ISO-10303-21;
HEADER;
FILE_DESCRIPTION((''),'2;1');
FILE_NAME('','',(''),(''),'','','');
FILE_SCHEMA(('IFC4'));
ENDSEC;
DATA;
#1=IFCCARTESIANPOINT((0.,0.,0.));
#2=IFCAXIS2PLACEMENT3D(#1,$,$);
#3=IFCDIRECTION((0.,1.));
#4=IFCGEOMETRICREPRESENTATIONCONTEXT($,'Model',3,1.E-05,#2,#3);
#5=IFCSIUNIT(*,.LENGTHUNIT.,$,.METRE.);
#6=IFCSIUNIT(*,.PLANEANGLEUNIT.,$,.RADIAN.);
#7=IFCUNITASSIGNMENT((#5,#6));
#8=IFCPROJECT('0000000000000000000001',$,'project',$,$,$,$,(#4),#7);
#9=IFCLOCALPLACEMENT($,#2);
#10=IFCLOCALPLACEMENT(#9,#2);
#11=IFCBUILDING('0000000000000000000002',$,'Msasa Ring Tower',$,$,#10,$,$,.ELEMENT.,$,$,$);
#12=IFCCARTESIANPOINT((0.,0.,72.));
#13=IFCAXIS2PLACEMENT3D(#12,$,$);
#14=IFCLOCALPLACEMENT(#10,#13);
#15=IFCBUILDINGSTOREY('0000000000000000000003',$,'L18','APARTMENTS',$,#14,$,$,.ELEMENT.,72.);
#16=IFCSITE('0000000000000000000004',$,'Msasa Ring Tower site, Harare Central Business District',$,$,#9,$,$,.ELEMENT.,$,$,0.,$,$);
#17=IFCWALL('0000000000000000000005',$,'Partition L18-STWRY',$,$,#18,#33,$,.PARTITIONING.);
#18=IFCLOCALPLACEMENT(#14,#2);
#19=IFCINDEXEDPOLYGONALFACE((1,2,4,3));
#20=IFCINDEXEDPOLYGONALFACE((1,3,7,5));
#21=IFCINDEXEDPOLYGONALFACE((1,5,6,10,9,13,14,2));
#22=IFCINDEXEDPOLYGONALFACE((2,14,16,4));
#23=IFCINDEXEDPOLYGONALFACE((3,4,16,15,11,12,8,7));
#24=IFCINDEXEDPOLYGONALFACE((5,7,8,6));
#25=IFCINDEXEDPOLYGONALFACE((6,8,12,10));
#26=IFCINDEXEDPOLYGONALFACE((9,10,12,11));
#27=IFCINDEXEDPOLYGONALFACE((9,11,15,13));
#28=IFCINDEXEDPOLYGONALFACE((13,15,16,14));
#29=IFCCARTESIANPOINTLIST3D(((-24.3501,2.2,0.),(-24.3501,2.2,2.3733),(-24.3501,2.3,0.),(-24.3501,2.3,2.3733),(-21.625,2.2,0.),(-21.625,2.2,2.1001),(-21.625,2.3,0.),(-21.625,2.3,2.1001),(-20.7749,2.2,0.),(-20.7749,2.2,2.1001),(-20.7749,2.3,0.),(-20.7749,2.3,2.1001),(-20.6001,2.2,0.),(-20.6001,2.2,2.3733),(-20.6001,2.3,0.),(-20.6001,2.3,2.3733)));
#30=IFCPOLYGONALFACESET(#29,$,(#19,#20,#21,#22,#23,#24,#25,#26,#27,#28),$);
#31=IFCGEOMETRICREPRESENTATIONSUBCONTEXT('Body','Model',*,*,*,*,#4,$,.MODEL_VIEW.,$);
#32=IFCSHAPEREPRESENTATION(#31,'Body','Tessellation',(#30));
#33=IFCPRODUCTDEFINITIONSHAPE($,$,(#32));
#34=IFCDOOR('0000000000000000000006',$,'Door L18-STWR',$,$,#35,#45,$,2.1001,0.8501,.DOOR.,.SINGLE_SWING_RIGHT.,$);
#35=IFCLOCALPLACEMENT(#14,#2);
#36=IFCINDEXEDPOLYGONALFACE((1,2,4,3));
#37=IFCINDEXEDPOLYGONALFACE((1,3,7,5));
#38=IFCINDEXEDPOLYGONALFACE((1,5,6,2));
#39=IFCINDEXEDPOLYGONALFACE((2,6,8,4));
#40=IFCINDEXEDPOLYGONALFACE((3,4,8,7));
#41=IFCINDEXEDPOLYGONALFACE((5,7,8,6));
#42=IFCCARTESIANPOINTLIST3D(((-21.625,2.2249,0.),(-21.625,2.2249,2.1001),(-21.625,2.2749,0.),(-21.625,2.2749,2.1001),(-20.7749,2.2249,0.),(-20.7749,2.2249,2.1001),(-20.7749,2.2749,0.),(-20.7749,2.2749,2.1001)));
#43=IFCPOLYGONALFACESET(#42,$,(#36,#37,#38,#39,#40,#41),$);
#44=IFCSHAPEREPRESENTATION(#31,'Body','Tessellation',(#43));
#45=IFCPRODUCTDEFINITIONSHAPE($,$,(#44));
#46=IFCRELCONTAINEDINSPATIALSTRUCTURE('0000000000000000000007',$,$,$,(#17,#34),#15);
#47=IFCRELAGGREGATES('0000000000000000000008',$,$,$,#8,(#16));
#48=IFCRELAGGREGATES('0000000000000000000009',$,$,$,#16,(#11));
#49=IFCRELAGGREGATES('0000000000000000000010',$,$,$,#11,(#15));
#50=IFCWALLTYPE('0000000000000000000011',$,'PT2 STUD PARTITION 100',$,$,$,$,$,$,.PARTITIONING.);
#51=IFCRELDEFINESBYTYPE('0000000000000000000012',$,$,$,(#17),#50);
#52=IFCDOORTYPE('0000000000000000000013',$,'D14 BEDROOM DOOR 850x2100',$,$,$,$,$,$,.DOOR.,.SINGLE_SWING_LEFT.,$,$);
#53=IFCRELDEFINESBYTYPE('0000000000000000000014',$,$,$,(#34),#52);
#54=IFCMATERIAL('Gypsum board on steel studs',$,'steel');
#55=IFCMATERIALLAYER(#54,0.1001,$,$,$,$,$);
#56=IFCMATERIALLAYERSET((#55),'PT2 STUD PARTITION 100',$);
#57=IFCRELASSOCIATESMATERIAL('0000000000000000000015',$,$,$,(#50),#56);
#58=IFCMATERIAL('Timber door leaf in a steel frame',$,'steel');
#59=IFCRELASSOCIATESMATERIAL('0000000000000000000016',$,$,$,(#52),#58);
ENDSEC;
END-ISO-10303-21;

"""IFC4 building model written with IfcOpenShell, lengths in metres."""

from ifc_helpers import new_model, si_unit, direction, frame, frame_2d, origin, place, context, subcontext, project, spatial, rectangle, extrude, material, layer, layer_set, type_object, element, fill, save


model = new_model("IFC4")

# Units and contexts
model_context = context("Model", 3, precision=1e-05, world=origin(), true_north=direction((0.0, 1.0)))
body_context = subcontext(model_context, "Body", "Model", "MODEL_VIEW")
ifc_project = project(units=[si_unit("LENGTHUNIT", "METRE"), si_unit("PLANEANGLEUNIT", "RADIAN")], contexts=[model_context])

# Site, building, storey
site_placement = place(None, origin())
site = spatial("IfcSite", under=ifc_project, at=site_placement, Name="Msasa Ring Tower site, Harare Central Business District", CompositionType="ELEMENT", RefElevation=0.0)
building_placement = place(site_placement, origin())
building = spatial("IfcBuilding", under=site, at=building_placement, Name="Msasa Ring Tower", CompositionType="ELEMENT")
storey_placement = place(building_placement, frame((0.0, 0.0, 72.0)))
storey = spatial("IfcBuildingStorey", under=building, at=storey_placement, Name="L18", Description="APARTMENTS", CompositionType="ELEMENT", Elevation=72.0)

# Wall, opening, door
ifc_material_1 = material(Name="Gypsum board on steel studs", Category="steel")
ifc_layer_1 = layer(ifc_material_1, 0.1001)
ifc_layer_set_1 = layer_set([ifc_layer_1], Name="PT2 STUD PARTITION 100")
wall_type_1 = type_object("IfcWallType", Name="PT2 STUD PARTITION 100", PredefinedType="PARTITIONING", material=ifc_layer_set_1)
wall_1_placement = place(storey_placement, frame((-24.3501, 2.25, 0.0), z_axis=(0.0, 0.0, 1.0), x_axis=(1.0, 0.0, 0.0)))
wall_1 = element("IfcWall", 1, at=wall_1_placement, inside=storey, type_object=wall_type_1, Name="Partition L18-STWRY", PredefinedType="PARTITIONING", context=body_context, shape_type="SweptSolid", body=[
    extrude(rectangle(XDim=3.75, YDim=0.1001, at=frame_2d((1.875, 0.0))), origin(), (0.0, 0.0, 1.0), 2.3733),
])
opening_1_placement = place(wall_1_placement, frame((2.7251, 0.0, 0.0)))
opening_1 = element("IfcOpeningElement", 2, at=opening_1_placement, cuts=wall_1, PredefinedType="OPENING", context=body_context, shape_type="SweptSolid", body=[
    extrude(rectangle(XDim=0.8501, YDim=2.1001, at=frame_2d((0.425, 1.05))), frame((0.0, 0.0601, 0.0), z_axis=(0.0, -1.0, 0.0), x_axis=(1.0, 0.0, 0.0)), (0.0, 0.0, 1.0), 0.1201),
])
ifc_material_2 = material(Name="Timber door leaf in a steel frame", Category="steel")
door_type = type_object("IfcDoorType", Name="D14 BEDROOM DOOR 850x2100", OperationType="SINGLE_SWING_LEFT", PredefinedType="DOOR", material=ifc_material_2)
door_placement = place(opening_1_placement, origin())
door = element("IfcDoor", 3, at=door_placement, inside=storey, type_object=door_type, Name="Door L18-STWR", OperationType="SINGLE_SWING_RIGHT", OverallHeight=2.1001, OverallWidth=0.8501, PredefinedType="DOOR", context=body_context, shape_type="SweptSolid", body=[
    extrude(rectangle(XDim=0.8501, YDim=2.1001, at=frame_2d((0.425, 1.05))), frame((0.0, 0.0249, 0.0), z_axis=(0.0, -1.0, 0.0), x_axis=(1.0, 0.0, 0.0)), (0.0, 0.0, 1.0), 0.05),
])
fill(opening_1, door)

save(model, "model.ifc")
